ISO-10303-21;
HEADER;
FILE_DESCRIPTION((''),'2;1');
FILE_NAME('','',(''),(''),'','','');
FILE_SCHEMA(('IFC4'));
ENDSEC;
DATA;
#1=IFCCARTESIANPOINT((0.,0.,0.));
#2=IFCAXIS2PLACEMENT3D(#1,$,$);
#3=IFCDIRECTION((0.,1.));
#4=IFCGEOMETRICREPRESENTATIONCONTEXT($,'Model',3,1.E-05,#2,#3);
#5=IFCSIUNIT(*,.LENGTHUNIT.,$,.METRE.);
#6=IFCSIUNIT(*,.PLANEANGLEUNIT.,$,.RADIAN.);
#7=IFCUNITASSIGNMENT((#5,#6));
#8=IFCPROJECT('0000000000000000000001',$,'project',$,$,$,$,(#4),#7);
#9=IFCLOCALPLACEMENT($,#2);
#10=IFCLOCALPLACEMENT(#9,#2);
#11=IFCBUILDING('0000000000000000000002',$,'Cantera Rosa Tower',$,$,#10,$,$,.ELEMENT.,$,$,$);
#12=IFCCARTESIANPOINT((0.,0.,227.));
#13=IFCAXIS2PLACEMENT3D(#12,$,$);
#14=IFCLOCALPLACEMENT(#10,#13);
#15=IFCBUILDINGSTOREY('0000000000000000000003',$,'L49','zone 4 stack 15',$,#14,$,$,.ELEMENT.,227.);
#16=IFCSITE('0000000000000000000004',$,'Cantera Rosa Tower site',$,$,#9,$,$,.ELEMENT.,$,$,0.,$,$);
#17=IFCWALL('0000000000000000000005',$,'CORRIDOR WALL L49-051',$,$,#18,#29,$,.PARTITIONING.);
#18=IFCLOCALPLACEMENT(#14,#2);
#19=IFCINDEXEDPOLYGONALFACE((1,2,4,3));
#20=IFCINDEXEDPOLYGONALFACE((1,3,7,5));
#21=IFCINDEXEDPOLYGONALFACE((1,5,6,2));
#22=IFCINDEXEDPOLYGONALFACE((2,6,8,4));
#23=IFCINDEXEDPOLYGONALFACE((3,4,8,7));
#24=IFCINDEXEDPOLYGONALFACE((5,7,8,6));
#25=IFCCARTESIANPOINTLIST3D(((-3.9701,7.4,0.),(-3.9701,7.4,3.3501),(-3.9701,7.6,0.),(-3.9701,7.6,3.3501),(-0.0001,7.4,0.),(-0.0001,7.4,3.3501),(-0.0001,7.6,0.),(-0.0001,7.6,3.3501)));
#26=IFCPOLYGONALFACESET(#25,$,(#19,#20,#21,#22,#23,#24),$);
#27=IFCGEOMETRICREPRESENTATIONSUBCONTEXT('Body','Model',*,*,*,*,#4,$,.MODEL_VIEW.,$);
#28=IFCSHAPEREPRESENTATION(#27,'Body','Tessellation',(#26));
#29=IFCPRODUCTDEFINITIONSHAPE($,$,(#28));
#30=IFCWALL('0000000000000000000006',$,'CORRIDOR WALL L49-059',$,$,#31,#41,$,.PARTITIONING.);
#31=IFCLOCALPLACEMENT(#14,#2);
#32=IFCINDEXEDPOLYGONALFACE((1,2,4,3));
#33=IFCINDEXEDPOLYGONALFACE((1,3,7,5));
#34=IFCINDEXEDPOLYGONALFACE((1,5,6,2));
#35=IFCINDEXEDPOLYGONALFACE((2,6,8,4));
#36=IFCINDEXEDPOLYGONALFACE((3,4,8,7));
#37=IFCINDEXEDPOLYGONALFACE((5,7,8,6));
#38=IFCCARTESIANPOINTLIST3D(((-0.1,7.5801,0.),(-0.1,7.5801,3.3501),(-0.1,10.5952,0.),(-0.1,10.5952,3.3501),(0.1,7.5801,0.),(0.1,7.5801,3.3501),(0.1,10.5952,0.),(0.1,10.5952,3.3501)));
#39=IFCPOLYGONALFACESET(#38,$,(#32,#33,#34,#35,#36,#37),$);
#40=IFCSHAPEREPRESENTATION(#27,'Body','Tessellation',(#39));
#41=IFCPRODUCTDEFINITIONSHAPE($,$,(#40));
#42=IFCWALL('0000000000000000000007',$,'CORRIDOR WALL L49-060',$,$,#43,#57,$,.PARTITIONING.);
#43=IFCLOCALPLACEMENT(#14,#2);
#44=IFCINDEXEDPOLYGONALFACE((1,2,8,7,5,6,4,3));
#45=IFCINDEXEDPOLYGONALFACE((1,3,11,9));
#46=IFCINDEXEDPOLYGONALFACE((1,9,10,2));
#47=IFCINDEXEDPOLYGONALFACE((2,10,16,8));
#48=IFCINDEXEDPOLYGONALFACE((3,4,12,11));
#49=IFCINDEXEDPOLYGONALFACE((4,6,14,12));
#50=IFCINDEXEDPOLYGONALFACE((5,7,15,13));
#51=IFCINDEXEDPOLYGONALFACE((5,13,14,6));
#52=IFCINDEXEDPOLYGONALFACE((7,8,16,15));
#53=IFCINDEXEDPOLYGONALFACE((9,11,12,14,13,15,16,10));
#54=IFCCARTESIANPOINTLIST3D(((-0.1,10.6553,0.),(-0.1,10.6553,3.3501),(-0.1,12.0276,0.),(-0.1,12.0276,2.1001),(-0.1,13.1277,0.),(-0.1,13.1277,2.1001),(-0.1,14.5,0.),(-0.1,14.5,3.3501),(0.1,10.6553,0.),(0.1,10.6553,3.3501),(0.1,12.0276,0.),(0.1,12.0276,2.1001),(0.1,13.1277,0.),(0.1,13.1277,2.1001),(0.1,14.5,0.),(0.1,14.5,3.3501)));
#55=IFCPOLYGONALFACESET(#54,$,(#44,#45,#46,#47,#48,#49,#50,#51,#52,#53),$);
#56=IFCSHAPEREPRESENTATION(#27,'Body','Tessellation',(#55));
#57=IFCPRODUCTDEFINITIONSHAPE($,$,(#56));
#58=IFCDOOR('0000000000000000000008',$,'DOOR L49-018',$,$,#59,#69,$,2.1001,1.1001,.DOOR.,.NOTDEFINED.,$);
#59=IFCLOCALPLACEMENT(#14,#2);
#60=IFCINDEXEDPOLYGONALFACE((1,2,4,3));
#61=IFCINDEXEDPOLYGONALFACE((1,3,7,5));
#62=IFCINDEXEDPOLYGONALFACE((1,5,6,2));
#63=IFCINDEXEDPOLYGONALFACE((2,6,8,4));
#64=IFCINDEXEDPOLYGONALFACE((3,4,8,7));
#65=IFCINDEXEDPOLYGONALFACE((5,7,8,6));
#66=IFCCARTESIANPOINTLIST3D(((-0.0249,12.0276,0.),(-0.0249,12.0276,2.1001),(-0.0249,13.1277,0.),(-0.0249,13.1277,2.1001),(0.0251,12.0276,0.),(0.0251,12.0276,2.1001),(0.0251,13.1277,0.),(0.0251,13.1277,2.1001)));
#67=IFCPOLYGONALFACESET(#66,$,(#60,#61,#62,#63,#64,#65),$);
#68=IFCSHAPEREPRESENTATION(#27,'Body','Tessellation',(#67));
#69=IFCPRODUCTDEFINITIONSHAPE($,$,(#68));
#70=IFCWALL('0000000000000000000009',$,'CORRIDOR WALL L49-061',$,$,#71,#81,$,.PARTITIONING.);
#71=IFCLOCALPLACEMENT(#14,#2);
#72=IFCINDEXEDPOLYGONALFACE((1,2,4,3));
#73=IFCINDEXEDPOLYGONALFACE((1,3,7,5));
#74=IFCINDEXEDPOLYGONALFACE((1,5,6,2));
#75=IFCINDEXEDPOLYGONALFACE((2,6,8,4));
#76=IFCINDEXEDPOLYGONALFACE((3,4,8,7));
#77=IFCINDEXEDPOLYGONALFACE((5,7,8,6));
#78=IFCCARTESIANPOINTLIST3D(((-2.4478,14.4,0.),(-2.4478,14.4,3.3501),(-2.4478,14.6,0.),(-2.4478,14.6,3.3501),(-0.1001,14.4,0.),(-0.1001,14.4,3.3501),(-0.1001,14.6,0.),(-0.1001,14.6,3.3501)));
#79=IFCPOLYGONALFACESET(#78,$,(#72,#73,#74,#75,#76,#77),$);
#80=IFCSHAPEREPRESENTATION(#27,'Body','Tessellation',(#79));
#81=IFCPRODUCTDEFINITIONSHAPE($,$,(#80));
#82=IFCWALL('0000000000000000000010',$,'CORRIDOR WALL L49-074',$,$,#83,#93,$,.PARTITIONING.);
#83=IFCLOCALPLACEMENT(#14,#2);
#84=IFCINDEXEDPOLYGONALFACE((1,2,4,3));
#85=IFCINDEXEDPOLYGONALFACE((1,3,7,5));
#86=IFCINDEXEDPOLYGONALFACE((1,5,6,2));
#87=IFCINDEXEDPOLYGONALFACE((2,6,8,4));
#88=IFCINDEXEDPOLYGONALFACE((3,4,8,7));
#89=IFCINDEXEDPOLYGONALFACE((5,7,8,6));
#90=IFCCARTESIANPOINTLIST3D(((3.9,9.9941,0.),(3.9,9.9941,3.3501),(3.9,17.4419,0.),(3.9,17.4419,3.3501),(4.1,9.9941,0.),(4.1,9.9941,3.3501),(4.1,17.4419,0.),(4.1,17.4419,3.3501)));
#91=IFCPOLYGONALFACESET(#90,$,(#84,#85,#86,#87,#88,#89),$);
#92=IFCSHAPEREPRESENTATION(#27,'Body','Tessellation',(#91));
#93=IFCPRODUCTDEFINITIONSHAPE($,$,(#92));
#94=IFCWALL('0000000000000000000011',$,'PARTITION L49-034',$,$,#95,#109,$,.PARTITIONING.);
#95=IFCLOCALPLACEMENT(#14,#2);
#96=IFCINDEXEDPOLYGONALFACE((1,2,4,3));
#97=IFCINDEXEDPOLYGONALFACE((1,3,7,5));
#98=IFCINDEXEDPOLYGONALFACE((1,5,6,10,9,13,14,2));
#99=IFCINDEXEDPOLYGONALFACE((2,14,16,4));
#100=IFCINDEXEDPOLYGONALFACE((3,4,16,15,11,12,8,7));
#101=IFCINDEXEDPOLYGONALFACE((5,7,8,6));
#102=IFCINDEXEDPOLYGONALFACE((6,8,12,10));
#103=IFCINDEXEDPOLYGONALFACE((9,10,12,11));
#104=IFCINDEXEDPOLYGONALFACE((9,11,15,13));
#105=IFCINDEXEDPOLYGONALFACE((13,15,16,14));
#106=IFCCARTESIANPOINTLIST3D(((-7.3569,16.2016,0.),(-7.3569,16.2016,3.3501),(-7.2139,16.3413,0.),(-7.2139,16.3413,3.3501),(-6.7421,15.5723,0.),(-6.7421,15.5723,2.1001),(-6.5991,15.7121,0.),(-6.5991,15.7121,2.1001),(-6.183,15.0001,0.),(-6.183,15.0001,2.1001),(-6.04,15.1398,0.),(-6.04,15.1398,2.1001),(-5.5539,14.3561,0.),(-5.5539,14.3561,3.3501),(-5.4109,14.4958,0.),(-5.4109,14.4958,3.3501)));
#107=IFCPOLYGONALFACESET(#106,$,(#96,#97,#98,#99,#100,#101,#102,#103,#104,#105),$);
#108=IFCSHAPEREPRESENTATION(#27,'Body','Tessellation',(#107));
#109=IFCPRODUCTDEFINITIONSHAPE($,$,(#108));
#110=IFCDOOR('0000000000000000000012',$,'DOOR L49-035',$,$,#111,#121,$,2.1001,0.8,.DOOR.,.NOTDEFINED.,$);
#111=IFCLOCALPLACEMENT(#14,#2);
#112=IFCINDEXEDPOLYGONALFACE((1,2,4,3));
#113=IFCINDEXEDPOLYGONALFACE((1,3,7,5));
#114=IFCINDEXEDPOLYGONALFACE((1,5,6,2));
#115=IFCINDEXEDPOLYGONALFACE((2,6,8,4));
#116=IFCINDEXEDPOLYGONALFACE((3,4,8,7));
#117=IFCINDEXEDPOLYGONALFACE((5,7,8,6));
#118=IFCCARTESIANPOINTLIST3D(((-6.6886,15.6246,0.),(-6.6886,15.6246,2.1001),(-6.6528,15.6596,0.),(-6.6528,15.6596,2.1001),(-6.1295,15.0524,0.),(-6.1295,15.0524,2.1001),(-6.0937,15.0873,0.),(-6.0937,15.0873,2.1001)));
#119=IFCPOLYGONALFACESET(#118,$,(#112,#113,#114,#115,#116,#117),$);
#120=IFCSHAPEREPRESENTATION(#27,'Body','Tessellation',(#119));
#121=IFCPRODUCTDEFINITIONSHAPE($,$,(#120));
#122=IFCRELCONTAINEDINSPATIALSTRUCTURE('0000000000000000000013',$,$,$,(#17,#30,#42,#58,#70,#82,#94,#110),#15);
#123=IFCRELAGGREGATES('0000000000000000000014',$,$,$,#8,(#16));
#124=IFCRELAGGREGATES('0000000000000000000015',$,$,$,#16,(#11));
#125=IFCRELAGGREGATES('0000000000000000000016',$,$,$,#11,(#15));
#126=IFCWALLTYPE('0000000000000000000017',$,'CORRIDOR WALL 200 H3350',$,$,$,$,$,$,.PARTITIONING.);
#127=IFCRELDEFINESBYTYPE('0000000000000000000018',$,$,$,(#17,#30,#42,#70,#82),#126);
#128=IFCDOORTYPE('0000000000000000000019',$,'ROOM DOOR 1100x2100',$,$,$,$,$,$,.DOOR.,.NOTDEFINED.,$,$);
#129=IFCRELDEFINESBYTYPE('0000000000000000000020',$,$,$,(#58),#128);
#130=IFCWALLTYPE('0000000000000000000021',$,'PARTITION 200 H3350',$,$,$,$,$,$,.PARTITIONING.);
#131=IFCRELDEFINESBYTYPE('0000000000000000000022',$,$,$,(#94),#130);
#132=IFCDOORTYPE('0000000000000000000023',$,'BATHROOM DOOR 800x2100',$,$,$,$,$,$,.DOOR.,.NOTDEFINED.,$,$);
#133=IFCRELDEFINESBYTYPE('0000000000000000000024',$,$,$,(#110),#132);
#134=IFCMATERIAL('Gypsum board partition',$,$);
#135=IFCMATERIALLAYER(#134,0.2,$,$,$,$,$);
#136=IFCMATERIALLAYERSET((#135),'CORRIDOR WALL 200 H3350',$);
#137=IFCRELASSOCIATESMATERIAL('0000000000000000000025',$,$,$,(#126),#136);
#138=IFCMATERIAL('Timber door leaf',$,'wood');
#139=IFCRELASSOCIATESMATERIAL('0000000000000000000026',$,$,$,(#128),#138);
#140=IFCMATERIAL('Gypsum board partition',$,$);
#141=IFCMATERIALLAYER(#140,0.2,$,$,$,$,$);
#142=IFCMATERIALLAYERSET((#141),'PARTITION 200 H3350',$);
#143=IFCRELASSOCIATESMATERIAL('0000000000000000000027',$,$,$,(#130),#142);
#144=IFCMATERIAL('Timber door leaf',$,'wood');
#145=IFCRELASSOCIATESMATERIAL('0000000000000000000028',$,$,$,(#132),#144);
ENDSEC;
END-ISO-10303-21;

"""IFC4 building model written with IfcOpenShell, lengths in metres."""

from ifc_helpers import new_model, si_unit, direction, frame, frame_2d, origin, place, context, subcontext, project, spatial, rectangle, extrude, material, layer, layer_set, type_object, element, fill, save


model = new_model("IFC4")

# Units and contexts
model_context = context("Model", 3, precision=1e-05, world=origin(), true_north=direction((0.0, 1.0)))
body_context = subcontext(model_context, "Body", "Model", "MODEL_VIEW")
ifc_project = project(units=[si_unit("LENGTHUNIT", "METRE"), si_unit("PLANEANGLEUNIT", "RADIAN")], contexts=[model_context])

# Site, building, storey
site_placement = place(None, origin())
site = spatial("IfcSite", under=ifc_project, at=site_placement, Name="Cantera Rosa Tower site", CompositionType="ELEMENT", RefElevation=0.0)
building_placement = place(site_placement, origin())
building = spatial("IfcBuilding", under=site, at=building_placement, Name="Cantera Rosa Tower", CompositionType="ELEMENT")
storey_placement = place(building_placement, frame((0.0, 0.0, 227.0)))
storey = spatial("IfcBuildingStorey", under=building, at=storey_placement, Name="L49", Description="zone 4 stack 15", CompositionType="ELEMENT", Elevation=227.0)

# Walls
ifc_material_1 = material(Name="Gypsum board partition")
ifc_layer_1 = layer(ifc_material_1, 0.2)
ifc_layer_set_1 = layer_set([ifc_layer_1], Name="CORRIDOR WALL 200 H3350")
wall_type_1 = type_object("IfcWallType", Name="CORRIDOR WALL 200 H3350", PredefinedType="PARTITIONING", material=ifc_layer_set_1)
wall_1_placement = place(storey_placement, frame((-3.97, 7.5, 0.0), z_axis=(0.0, 0.0, 1.0), x_axis=(1.0, 0.0, 0.0)))
element("IfcWall", 1, at=wall_1_placement, inside=storey, type_object=wall_type_1, Name="CORRIDOR WALL L49-051", PredefinedType="PARTITIONING", context=body_context, shape_type="SweptSolid", body=[
    extrude(rectangle(XDim=3.97, YDim=0.2, at=frame_2d((1.9849, 0.0))), origin(), (0.0, 0.0, 1.0), 3.3501),
])
wall_2_placement = place(storey_placement, frame((0.0, 7.5801, 0.0), z_axis=(0.0, 0.0, 1.0), x_axis=(0.0, 1.0, 0.0)))
element("IfcWall", 2, at=wall_2_placement, inside=storey, type_object=wall_type_1, Name="CORRIDOR WALL L49-059", PredefinedType="PARTITIONING", context=body_context, shape_type="SweptSolid", body=[
    extrude(rectangle(XDim=3.0151, YDim=0.2, at=frame_2d((1.5076, 0.0))), origin(), (0.0, 0.0, 1.0), 3.3501),
])

# Wall, opening, door
wall_3_placement = place(storey_placement, frame((0.0, 10.6553, 0.0), z_axis=(0.0, 0.0, 1.0), x_axis=(0.0, 1.0, 0.0)))
wall_3 = element("IfcWall", 3, at=wall_3_placement, inside=storey, type_object=wall_type_1, Name="CORRIDOR WALL L49-060", PredefinedType="PARTITIONING", context=body_context, shape_type="SweptSolid", body=[
    extrude(rectangle(XDim=3.8447, YDim=0.2, at=frame_2d((1.9224, 0.0))), origin(), (0.0, 0.0, 1.0), 3.3501),
])
opening_1_placement = place(wall_3_placement, frame((1.3723, 0.0, 0.0)))
opening_1 = element("IfcOpeningElement", 4, at=opening_1_placement, cuts=wall_3, PredefinedType="OPENING", context=body_context, shape_type="SweptSolid", body=[
    extrude(rectangle(XDim=1.1001, YDim=2.1001, at=frame_2d((0.55, 1.05))), frame((0.0, 0.1099, 0.0), z_axis=(0.0, -1.0, 0.0), x_axis=(1.0, 0.0, 0.0)), (0.0, 0.0, 1.0), 0.22),
])
ifc_material_2 = material(Name="Timber door leaf", Category="wood")
door_type_1 = type_object("IfcDoorType", Name="ROOM DOOR 1100x2100", OperationType="NOTDEFINED", PredefinedType="DOOR", material=ifc_material_2)
door_1_placement = place(opening_1_placement, origin())
door_1 = element("IfcDoor", 5, at=door_1_placement, inside=storey, type_object=door_type_1, Name="DOOR L49-018", OperationType="NOTDEFINED", OverallHeight=2.1001, OverallWidth=1.1001, PredefinedType="DOOR", context=body_context, shape_type="SweptSolid", body=[
    extrude(rectangle(XDim=1.1001, YDim=2.1001, at=frame_2d((0.55, 1.05))), frame((0.0, 0.0249, 0.0), z_axis=(0.0, -1.0, 0.0), x_axis=(1.0, 0.0, 0.0)), (0.0, 0.0, 1.0), 0.05),
])
fill(opening_1, door_1)

# Walls
wall_4_placement = place(storey_placement, frame((-0.1001, 14.5, 0.0), z_axis=(0.0, 0.0, 1.0), x_axis=(-1.0, 0.0, 0.0)))
element("IfcWall", 6, at=wall_4_placement, inside=storey, type_object=wall_type_1, Name="CORRIDOR WALL L49-061", PredefinedType="PARTITIONING", context=body_context, shape_type="SweptSolid", body=[
    extrude(rectangle(XDim=2.3477, YDim=0.2, at=frame_2d((1.1738, 0.0))), origin(), (0.0, 0.0, 1.0), 3.3501),
])
wall_5_placement = place(storey_placement, frame((4.0, 17.4419, 0.0), z_axis=(0.0, 0.0, 1.0), x_axis=(0.0, -1.0, 0.0)))
element("IfcWall", 7, at=wall_5_placement, inside=storey, type_object=wall_type_1, Name="CORRIDOR WALL L49-074", PredefinedType="PARTITIONING", context=body_context, shape_type="SweptSolid", body=[
    extrude(rectangle(XDim=7.4478, YDim=0.2, at=frame_2d((3.7239, 0.0))), origin(), (0.0, 0.0, 1.0), 3.3501),
])

# Wall, opening, door
ifc_material_3 = material(Name="Gypsum board partition")
ifc_layer_2 = layer(ifc_material_3, 0.2)
ifc_layer_set_2 = layer_set([ifc_layer_2], Name="PARTITION 200 H3350")
wall_type_2 = type_object("IfcWallType", Name="PARTITION 200 H3350", PredefinedType="PARTITIONING", material=ifc_layer_set_2)
wall_6_placement = place(storey_placement, frame((-7.2854, 16.2715, 0.0), z_axis=(0.0, 0.0, 1.0), x_axis=(0.698826, -0.715291, 0.0)))
wall_6 = element("IfcWall", 8, at=wall_6_placement, inside=storey, type_object=wall_type_2, Name="PARTITION L49-034", PredefinedType="PARTITIONING", context=body_context, shape_type="SweptSolid", body=[
    extrude(rectangle(XDim=2.5801, YDim=0.2, at=frame_2d((1.29, 0.0))), origin(), (0.0, 0.0, 1.0), 3.3501),
])
opening_2_placement = place(wall_6_placement, frame((0.8799, 0.0, 0.0)))
opening_2 = element("IfcOpeningElement", 9, at=opening_2_placement, cuts=wall_6, PredefinedType="OPENING", context=body_context, shape_type="SweptSolid", body=[
    extrude(rectangle(XDim=0.8, YDim=2.1001, at=frame_2d((0.3999, 1.05))), frame((0.0, 0.1099, 0.0), z_axis=(0.0, -1.0, 0.0), x_axis=(1.0, 0.0, 0.0)), (0.0, 0.0, 1.0), 0.22),
])
ifc_material_4 = material(Name="Timber door leaf", Category="wood")
door_type_2 = type_object("IfcDoorType", Name="BATHROOM DOOR 800x2100", OperationType="NOTDEFINED", PredefinedType="DOOR", material=ifc_material_4)
door_2_placement = place(opening_2_placement, origin())
door_2 = element("IfcDoor", 10, at=door_2_placement, inside=storey, type_object=door_type_2, Name="DOOR L49-035", OperationType="NOTDEFINED", OverallHeight=2.1001, OverallWidth=0.8, PredefinedType="DOOR", context=body_context, shape_type="SweptSolid", body=[
    extrude(rectangle(XDim=0.8, YDim=2.1001, at=frame_2d((0.3999, 1.05))), frame((0.0, 0.0249, 0.0), z_axis=(0.0, -1.0, 0.0), x_axis=(1.0, 0.0, 0.0)), (0.0, 0.0, 1.0), 0.05),
])
fill(opening_2, door_2)

save(model, "model.ifc")
